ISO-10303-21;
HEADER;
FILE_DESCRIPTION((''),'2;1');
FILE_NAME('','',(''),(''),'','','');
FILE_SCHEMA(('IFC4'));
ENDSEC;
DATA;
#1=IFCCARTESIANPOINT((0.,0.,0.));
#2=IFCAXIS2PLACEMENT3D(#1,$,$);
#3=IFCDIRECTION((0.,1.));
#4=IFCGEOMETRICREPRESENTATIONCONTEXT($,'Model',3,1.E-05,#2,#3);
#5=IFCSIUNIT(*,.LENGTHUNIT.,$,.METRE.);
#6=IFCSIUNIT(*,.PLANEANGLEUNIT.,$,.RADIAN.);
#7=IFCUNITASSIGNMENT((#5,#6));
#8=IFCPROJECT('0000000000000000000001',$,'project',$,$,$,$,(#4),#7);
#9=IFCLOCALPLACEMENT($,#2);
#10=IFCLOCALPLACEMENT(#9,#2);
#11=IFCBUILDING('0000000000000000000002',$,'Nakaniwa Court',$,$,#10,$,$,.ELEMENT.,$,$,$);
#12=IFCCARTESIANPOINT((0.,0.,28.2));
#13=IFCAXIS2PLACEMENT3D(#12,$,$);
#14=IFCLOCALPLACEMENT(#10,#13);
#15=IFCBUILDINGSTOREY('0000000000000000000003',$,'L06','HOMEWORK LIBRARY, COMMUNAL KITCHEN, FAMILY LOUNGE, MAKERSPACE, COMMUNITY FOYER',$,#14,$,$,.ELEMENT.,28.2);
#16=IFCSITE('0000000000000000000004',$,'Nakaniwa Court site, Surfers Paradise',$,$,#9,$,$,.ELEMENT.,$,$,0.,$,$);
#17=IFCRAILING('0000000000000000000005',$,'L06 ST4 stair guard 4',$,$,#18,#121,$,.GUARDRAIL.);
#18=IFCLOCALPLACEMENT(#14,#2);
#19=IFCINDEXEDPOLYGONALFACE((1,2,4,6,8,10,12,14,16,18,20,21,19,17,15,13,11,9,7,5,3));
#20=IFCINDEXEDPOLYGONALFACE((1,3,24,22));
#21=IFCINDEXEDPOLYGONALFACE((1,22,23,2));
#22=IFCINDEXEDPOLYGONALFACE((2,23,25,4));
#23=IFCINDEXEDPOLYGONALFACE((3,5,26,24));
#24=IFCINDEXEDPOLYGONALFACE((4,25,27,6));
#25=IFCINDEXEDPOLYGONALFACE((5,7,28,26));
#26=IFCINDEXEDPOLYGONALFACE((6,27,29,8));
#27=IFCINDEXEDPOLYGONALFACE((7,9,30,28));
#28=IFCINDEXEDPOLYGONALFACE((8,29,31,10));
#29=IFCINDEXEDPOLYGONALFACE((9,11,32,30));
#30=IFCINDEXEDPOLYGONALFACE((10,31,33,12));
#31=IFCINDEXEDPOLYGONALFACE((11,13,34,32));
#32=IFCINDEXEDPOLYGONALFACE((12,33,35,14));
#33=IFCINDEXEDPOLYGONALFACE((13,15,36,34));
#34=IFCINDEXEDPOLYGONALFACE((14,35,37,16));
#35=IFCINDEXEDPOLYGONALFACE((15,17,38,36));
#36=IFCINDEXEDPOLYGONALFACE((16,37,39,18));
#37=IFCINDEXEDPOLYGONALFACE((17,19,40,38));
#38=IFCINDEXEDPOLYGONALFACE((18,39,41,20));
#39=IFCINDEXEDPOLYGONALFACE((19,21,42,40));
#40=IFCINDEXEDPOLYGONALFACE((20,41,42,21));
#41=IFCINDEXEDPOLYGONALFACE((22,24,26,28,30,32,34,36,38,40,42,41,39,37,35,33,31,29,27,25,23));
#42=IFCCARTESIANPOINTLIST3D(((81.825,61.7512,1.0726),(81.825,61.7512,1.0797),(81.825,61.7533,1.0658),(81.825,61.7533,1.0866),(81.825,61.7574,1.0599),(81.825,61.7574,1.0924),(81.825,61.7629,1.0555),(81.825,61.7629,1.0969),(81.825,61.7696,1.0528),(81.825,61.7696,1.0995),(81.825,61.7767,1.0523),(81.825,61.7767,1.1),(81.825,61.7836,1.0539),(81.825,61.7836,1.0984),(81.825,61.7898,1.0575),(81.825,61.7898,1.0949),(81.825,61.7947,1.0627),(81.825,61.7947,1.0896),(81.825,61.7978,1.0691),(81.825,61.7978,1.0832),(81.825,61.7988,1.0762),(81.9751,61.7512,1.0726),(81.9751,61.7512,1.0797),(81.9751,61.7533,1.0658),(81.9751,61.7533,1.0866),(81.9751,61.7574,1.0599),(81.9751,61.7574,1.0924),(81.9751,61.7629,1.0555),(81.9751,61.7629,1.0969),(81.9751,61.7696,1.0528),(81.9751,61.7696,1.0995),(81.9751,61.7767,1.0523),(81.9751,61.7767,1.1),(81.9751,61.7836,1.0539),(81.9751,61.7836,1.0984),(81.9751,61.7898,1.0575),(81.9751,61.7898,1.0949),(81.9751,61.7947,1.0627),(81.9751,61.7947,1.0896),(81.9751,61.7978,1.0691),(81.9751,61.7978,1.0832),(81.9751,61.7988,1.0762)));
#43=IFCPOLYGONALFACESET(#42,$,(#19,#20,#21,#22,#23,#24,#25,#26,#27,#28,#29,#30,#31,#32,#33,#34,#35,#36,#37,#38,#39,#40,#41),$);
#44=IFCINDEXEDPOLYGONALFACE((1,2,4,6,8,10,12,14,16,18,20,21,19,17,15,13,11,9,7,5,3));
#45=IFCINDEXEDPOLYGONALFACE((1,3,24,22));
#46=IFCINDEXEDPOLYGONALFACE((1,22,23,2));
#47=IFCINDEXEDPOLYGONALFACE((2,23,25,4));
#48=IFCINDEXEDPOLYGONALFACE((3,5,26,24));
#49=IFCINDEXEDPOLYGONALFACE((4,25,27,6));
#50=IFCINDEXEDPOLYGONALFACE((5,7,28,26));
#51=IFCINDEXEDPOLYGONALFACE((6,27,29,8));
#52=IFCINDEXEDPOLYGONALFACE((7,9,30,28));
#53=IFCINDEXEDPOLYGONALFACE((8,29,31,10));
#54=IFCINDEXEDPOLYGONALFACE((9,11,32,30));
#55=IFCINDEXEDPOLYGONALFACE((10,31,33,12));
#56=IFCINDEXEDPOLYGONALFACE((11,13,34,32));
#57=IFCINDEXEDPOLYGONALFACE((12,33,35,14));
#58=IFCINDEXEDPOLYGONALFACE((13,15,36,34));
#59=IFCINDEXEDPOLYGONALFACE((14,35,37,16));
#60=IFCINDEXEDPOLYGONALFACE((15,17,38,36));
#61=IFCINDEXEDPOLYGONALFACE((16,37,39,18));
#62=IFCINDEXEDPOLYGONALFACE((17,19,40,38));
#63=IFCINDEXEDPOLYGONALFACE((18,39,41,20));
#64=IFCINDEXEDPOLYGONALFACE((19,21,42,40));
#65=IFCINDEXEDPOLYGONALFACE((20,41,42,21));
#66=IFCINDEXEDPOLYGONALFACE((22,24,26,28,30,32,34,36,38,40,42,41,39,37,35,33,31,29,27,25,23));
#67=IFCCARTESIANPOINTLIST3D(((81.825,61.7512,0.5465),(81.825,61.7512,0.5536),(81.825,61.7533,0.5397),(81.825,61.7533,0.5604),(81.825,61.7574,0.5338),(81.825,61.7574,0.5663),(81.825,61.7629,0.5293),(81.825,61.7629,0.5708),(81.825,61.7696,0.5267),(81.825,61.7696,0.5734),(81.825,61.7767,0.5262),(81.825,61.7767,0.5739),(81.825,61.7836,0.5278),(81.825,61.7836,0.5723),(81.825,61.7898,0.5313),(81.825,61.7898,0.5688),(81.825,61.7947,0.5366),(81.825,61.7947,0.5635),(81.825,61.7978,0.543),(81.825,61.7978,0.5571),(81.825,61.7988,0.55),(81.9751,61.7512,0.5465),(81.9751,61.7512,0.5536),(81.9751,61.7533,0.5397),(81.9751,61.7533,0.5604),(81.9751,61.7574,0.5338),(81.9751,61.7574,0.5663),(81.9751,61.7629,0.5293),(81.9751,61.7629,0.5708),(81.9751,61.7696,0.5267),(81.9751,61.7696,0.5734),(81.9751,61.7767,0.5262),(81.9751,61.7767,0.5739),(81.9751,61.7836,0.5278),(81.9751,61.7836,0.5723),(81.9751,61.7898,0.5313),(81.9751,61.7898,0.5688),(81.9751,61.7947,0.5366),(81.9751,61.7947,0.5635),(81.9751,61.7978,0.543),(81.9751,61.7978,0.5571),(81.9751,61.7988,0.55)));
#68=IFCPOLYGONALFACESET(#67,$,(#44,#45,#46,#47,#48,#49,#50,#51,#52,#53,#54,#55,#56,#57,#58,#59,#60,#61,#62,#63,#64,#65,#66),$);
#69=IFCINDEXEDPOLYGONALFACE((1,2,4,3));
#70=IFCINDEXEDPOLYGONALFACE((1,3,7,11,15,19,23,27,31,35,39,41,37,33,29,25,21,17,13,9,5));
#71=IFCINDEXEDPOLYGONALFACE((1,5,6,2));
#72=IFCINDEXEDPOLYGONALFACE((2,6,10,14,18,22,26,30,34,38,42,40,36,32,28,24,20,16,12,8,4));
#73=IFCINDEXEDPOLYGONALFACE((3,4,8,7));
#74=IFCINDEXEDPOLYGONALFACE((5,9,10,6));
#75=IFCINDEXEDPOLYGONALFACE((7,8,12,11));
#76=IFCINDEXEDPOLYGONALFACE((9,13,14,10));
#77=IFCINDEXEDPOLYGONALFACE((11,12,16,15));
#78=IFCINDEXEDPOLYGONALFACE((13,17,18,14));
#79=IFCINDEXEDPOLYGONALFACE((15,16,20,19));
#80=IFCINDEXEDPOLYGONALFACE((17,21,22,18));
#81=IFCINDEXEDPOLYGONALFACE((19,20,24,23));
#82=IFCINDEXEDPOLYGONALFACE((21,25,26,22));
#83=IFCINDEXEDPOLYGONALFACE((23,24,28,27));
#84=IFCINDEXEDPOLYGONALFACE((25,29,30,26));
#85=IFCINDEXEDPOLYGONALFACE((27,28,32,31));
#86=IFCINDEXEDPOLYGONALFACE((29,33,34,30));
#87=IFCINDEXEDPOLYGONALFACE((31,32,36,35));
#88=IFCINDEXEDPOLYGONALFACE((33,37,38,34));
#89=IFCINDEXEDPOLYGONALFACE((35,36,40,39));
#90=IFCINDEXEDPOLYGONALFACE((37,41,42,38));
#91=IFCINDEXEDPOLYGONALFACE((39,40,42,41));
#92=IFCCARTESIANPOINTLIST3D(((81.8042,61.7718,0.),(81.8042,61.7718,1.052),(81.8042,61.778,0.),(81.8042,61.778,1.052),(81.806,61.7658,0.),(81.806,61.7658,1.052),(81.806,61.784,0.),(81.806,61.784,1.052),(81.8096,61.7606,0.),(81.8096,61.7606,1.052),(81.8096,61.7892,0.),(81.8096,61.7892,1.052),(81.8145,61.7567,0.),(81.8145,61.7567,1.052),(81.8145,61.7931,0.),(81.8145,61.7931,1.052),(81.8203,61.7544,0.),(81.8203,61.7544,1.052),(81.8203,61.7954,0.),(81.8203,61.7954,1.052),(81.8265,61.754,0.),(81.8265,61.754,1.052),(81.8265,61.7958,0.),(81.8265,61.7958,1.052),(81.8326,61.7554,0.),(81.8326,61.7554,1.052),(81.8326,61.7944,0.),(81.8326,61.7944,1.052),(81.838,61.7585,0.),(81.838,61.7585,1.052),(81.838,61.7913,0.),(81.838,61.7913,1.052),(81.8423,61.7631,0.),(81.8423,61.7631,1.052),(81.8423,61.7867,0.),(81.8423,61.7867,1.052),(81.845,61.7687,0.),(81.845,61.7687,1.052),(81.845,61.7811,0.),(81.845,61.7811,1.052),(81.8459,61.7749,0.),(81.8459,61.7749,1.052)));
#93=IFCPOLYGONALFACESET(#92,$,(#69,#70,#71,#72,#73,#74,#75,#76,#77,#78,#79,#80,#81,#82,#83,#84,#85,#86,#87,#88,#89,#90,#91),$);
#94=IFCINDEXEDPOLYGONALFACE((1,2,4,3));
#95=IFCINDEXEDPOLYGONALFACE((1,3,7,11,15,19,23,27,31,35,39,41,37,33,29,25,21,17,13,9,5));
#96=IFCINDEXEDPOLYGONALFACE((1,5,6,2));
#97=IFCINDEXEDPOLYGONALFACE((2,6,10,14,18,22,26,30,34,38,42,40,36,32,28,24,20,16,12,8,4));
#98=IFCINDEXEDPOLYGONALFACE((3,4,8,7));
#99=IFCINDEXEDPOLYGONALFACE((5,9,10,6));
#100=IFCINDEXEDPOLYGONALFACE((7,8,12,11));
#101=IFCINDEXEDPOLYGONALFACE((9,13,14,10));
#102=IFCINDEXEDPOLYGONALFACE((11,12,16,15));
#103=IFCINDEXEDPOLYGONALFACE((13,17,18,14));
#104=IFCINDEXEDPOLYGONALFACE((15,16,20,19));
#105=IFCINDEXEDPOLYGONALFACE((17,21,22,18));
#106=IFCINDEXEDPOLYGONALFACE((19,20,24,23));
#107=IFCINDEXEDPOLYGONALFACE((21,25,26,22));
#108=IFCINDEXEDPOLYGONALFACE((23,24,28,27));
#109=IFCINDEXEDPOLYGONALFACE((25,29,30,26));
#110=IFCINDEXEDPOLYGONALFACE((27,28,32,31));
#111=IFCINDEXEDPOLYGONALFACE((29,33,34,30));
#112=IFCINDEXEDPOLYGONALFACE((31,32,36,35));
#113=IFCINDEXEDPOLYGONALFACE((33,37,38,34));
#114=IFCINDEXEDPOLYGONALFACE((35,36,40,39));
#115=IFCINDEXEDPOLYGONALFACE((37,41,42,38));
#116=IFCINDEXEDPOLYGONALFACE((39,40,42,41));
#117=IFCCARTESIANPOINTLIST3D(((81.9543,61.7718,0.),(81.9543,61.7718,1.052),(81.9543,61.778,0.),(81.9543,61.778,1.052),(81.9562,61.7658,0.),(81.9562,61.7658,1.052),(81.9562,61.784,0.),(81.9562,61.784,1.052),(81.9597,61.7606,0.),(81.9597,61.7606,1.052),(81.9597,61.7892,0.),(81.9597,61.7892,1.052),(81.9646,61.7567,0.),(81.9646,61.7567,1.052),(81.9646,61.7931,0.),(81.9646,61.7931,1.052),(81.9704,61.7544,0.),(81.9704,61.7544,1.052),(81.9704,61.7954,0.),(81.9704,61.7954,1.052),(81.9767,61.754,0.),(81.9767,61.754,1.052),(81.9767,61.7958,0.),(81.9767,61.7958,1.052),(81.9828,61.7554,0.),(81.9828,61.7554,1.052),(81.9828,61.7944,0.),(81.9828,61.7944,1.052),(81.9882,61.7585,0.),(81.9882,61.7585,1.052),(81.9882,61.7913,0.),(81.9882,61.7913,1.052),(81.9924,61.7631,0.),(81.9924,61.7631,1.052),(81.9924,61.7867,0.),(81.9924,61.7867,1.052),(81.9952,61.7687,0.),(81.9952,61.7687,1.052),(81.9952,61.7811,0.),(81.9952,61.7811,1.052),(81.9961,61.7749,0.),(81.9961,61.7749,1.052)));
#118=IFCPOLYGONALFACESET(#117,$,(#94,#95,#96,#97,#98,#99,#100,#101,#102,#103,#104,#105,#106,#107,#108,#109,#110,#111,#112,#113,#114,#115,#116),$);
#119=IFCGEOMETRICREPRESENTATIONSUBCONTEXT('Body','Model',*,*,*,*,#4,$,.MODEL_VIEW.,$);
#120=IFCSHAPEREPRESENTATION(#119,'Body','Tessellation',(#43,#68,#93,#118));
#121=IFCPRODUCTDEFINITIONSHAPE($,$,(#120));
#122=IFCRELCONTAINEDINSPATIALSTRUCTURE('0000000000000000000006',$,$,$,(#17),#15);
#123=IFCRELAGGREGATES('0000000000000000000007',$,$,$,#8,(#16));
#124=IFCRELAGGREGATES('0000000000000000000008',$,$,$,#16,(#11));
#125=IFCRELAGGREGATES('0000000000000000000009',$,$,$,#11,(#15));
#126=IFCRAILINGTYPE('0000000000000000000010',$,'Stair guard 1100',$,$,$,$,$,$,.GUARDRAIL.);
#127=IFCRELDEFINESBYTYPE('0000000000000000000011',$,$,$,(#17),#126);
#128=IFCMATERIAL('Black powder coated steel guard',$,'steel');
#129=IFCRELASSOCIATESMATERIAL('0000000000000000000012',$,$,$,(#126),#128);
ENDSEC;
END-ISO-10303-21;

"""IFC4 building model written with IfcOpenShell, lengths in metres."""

from ifc_helpers import new_model, si_unit, direction, frame, origin, origin_2d, place, context, subcontext, project, spatial, circle, extrude, material, type_object, element, save


model = new_model("IFC4")

# Units and contexts
model_context = context("Model", 3, precision=1e-05, world=origin(), true_north=direction((0.0, 1.0)))
body_context = subcontext(model_context, "Body", "Model", "MODEL_VIEW")
ifc_project = project(units=[si_unit("LENGTHUNIT", "METRE"), si_unit("PLANEANGLEUNIT", "RADIAN")], contexts=[model_context])

# Site, building, storey
site_placement = place(None, origin())
site = spatial("IfcSite", under=ifc_project, at=site_placement, Name="Nakaniwa Court site, Surfers Paradise", CompositionType="ELEMENT", RefElevation=0.0)
building_placement = place(site_placement, origin())
building = spatial("IfcBuilding", under=site, at=building_placement, Name="Nakaniwa Court", CompositionType="ELEMENT")
storey_placement = place(building_placement, frame((0.0, 0.0, 28.2)))
storey = spatial("IfcBuildingStorey", under=building, at=storey_placement, Name="L06", Description="HOMEWORK LIBRARY, COMMUNAL KITCHEN, FAMILY LOUNGE, MAKERSPACE, COMMUNITY FOYER", CompositionType="ELEMENT", Elevation=28.2)

# Railing
ifc_material_1 = material(Name="Black powder coated steel guard", Category="steel")
railing_type_1 = type_object("IfcRailingType", Name="Stair guard 1100", PredefinedType="GUARDRAIL", material=ifc_material_1)
railing_1_placement = place(storey_placement, frame((81.825, 61.7749, 0.0)))
element("IfcRailing", 1, at=railing_1_placement, inside=storey, type_object=railing_type_1, Name="L06 ST4 stair guard 4", PredefinedType="GUARDRAIL", context=body_context, shape_type="SweptSolid", body=[
    extrude(circle(Radius=0.0239, at=origin_2d()), frame((0.0, 0.0, 1.0762), z_axis=(1.0, 0.0, 0.0), x_axis=(0.0, 1.0, 0.0)), (0.0, 0.0, 1.0), 0.1501),
    extrude(circle(Radius=0.0239, at=origin_2d()), frame((0.0, 0.0, 0.55), z_axis=(1.0, 0.0, 0.0), x_axis=(0.0, 1.0, 0.0)), (0.0, 0.0, 1.0), 0.1501),
    extrude(circle(Radius=0.021, at=origin_2d()), origin(), (0.0, 0.0, 1.0), 1.052),
    extrude(circle(Radius=0.021, at=origin_2d()), frame((0.1501, 0.0, 0.0)), (0.0, 0.0, 1.0), 1.052),
])

save(model, "model.ifc")
